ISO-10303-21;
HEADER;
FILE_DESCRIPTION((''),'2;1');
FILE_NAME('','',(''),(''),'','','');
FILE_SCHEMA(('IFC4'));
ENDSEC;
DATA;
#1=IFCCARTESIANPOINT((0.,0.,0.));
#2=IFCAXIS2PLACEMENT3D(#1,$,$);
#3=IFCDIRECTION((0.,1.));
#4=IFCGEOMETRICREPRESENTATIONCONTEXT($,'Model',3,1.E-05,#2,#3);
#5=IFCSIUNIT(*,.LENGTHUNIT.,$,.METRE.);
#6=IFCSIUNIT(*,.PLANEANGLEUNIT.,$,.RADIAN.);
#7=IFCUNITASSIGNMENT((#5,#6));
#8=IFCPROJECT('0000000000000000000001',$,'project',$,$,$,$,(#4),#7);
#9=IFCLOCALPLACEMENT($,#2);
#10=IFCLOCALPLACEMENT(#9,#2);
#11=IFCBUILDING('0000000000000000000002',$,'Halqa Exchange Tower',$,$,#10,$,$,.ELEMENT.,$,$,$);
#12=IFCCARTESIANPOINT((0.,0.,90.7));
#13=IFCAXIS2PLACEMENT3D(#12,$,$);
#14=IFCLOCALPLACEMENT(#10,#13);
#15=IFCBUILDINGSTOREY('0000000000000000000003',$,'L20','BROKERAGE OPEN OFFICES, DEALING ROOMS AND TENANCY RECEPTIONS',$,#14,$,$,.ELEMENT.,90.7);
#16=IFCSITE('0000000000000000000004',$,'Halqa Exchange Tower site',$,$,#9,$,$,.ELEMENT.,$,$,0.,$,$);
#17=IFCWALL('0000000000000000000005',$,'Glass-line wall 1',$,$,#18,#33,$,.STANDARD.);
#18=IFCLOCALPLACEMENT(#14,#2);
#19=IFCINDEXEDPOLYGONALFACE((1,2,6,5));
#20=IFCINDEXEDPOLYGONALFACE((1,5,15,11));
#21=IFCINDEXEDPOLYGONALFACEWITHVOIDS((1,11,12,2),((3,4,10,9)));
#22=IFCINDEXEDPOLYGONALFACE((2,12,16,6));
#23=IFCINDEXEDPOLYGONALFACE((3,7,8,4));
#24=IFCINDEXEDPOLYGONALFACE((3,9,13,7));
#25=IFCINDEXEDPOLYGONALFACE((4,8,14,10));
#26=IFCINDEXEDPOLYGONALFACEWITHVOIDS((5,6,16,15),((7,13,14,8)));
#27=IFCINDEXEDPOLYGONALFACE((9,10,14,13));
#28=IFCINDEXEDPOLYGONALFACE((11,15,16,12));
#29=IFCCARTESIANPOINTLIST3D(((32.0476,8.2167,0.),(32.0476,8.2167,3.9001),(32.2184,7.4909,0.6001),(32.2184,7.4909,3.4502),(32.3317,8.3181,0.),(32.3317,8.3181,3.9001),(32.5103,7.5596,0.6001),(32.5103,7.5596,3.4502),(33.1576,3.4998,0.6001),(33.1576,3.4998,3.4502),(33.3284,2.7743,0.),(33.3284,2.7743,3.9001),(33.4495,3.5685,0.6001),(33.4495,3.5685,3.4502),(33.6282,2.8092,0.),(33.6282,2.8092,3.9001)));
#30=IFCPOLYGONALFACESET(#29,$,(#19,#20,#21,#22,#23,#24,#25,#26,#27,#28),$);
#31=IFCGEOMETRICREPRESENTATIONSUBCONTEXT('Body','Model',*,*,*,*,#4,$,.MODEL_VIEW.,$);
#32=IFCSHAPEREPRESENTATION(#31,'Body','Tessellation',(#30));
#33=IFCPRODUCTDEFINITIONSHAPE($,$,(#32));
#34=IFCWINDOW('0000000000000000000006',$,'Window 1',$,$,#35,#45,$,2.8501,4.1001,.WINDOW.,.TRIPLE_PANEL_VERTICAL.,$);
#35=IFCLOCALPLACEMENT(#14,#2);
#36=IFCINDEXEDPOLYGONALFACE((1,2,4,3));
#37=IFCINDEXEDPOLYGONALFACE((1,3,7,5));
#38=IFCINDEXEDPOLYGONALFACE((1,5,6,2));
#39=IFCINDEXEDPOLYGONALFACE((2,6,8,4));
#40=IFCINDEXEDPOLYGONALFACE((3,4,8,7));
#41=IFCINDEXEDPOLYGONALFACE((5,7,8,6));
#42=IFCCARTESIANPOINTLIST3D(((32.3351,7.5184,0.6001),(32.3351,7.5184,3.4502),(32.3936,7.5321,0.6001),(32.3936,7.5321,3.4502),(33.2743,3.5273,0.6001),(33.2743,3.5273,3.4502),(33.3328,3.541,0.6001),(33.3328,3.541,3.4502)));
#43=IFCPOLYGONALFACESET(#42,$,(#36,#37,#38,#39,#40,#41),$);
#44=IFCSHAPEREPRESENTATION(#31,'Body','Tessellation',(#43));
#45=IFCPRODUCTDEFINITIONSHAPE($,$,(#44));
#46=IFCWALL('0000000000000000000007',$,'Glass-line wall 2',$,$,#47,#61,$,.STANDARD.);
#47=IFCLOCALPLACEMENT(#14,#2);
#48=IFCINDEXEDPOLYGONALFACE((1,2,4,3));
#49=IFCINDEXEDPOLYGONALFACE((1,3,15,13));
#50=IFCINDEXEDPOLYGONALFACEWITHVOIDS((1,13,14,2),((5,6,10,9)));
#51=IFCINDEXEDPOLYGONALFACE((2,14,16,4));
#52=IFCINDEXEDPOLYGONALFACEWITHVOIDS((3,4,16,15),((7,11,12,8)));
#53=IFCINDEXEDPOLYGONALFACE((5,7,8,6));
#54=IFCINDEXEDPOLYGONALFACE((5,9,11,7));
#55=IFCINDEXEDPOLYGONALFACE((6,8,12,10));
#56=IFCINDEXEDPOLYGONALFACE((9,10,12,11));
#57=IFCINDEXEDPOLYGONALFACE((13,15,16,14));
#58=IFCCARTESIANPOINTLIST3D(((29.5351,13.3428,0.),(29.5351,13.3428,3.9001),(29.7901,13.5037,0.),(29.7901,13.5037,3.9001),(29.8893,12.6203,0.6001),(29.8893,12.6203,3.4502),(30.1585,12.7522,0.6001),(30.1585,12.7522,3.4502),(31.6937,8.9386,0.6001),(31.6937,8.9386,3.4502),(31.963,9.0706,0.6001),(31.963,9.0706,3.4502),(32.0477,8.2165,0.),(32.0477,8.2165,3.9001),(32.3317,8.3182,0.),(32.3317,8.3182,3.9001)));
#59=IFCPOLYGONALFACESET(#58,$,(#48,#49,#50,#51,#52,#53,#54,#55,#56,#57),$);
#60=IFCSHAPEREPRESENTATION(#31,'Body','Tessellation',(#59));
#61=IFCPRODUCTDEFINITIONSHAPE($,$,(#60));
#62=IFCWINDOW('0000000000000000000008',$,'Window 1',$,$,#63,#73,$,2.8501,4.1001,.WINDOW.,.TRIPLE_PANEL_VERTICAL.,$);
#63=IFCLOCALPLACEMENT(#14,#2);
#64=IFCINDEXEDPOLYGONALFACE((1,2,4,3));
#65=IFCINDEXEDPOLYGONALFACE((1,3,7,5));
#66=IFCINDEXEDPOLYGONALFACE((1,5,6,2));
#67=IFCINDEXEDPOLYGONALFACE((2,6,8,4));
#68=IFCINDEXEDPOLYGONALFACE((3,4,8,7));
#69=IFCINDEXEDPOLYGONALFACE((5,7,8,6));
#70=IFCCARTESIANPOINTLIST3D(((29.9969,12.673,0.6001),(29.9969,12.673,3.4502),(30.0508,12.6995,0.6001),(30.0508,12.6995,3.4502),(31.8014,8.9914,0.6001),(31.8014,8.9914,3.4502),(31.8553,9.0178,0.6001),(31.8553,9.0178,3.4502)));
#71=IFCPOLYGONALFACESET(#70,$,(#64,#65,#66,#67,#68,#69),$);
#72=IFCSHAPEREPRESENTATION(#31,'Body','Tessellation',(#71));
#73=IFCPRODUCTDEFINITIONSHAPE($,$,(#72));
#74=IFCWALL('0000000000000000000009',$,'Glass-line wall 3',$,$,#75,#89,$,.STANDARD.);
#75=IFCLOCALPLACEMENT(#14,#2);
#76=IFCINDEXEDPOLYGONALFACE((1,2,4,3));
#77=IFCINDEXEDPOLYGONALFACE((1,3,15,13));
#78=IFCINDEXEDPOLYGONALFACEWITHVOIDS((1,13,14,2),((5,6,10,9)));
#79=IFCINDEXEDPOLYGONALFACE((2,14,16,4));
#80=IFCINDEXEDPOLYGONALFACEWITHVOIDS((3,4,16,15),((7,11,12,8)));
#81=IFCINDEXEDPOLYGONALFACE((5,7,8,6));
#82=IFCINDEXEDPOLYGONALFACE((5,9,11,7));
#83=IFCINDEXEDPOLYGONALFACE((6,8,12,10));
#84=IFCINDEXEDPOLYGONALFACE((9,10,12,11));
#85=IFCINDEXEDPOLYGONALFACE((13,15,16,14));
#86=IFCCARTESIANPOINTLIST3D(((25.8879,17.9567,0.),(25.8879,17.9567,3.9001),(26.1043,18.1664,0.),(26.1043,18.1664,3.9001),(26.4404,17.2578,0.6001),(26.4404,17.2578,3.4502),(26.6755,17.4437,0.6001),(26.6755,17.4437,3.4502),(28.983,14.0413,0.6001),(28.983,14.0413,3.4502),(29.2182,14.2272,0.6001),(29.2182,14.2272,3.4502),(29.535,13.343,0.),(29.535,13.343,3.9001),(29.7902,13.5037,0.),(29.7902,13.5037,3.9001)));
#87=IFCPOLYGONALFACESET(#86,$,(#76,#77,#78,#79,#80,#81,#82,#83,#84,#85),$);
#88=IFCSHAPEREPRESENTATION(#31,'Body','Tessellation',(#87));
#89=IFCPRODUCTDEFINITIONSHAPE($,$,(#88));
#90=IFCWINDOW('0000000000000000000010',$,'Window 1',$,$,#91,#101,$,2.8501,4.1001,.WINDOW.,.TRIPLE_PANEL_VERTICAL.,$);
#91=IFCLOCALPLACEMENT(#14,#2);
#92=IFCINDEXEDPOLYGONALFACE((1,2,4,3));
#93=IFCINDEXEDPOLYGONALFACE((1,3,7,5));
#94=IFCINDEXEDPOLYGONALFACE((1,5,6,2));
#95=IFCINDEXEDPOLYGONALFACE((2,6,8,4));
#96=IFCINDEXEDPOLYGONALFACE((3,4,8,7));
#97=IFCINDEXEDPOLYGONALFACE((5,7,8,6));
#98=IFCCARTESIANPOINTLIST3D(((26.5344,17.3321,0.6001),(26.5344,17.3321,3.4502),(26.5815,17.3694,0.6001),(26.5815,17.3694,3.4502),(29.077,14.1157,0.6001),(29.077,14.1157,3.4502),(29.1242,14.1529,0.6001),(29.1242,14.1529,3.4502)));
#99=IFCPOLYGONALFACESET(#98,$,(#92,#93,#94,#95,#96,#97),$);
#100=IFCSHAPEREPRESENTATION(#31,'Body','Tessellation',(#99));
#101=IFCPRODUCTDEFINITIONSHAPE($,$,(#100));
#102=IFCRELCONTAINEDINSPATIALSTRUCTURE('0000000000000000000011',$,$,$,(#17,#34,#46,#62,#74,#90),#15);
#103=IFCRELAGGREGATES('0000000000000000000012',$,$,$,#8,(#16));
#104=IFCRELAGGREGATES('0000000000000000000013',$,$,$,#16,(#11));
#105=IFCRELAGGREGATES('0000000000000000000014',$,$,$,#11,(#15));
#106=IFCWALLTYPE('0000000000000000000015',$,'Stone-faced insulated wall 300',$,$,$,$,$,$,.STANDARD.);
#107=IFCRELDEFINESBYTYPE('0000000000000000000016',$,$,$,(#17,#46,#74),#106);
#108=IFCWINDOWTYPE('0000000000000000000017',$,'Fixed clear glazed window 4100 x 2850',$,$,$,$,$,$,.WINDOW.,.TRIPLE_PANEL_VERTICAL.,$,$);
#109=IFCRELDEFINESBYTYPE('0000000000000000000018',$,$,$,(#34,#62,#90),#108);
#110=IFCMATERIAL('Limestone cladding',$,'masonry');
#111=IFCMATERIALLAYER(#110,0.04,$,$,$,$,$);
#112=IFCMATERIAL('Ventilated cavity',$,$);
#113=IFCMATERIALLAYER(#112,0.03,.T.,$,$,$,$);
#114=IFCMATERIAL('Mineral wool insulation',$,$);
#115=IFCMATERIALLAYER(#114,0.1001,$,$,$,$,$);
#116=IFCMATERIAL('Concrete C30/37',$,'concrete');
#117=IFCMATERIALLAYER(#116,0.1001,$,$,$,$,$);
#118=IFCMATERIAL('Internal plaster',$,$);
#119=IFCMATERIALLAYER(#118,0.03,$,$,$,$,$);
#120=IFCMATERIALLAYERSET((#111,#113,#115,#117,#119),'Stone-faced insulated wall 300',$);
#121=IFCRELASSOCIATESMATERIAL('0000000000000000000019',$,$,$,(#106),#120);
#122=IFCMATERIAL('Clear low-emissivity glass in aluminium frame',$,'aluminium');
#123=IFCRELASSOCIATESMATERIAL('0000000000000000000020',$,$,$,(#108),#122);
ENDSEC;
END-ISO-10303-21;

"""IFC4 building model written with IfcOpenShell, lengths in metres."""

from ifc_helpers import new_model, si_unit, direction, frame, frame_2d, origin, place, context, subcontext, project, spatial, polyline, rectangle, outline, extrude, material, layer, layer_set, type_object, element, fill, save


model = new_model("IFC4")

# Units and contexts
model_context = context("Model", 3, precision=1e-05, world=origin(), true_north=direction((0.0, 1.0)))
body_context = subcontext(model_context, "Body", "Model", "MODEL_VIEW")
ifc_project = project(units=[si_unit("LENGTHUNIT", "METRE"), si_unit("PLANEANGLEUNIT", "RADIAN")], contexts=[model_context])

# Site, building, storey
site_placement = place(None, origin())
site = spatial("IfcSite", under=ifc_project, at=site_placement, Name="Halqa Exchange Tower site", CompositionType="ELEMENT", RefElevation=0.0)
building_placement = place(site_placement, origin())
building = spatial("IfcBuilding", under=site, at=building_placement, Name="Halqa Exchange Tower", CompositionType="ELEMENT")
storey_placement = place(building_placement, frame((0.0, 0.0, 90.7)))
storey = spatial("IfcBuildingStorey", under=building, at=storey_placement, Name="L20", Description="BROKERAGE OPEN OFFICES, DEALING ROOMS AND TENANCY RECEPTIONS", CompositionType="ELEMENT", Elevation=90.7)

# Walls, openings, windows
ifc_material_1 = material(Name="Limestone cladding", Category="masonry")
ifc_layer_1 = layer(ifc_material_1, 0.04)
ifc_material_2 = material(Name="Ventilated cavity")
ifc_layer_2 = layer(ifc_material_2, 0.03, ventilated=True)
ifc_material_3 = material(Name="Mineral wool insulation")
ifc_layer_3 = layer(ifc_material_3, 0.1001)
ifc_material_4 = material(Name="Concrete C30/37", Category="concrete")
ifc_layer_4 = layer(ifc_material_4, 0.1001)
ifc_material_5 = material(Name="Internal plaster")
ifc_layer_5 = layer(ifc_material_5, 0.03)
ifc_layer_set_1 = layer_set([ifc_layer_1, ifc_layer_2, ifc_layer_3, ifc_layer_4, ifc_layer_5], Name="Stone-faced insulated wall 300")
wall_type_1 = type_object("IfcWallType", Name="Stone-faced insulated wall 300", PredefinedType="STANDARD", material=ifc_layer_set_1)
wall_1_placement = place(storey_placement, frame((33.4783, 2.7917, 0.0), z_axis=(0.0, 0.0, 1.0), x_axis=(-0.229073, 0.973409, 0.0)))
wall_1 = element("IfcWall", 1, at=wall_1_placement, inside=storey, type_object=wall_type_1, Name="Glass-line wall 1", PredefinedType="STANDARD", context=body_context, shape_type="SweptSolid", body=[
    extrude(outline(polyline([(-0.0173, -0.1499), (5.6421, -0.1499), (5.6084, 0.1499), (0.0173, 0.1499), (-0.0173, -0.1499)])), origin(), (0.0, 0.0, 1.0), 3.9001),
])
opening_1_placement = place(wall_1_placement, frame((0.7627, 0.0, 0.6001)))
opening_1 = element("IfcOpeningElement", 2, at=opening_1_placement, cuts=wall_1, PredefinedType="OPENING", context=body_context, shape_type="SweptSolid", body=[
    extrude(rectangle(XDim=4.1001, YDim=2.8501, at=frame_2d((2.05, 1.425))), frame((0.0, 0.1621, 0.0), z_axis=(0.0, -1.0, 0.0), x_axis=(1.0, 0.0, 0.0)), (0.0, 0.0, 1.0), 0.324),
])
ifc_material_6 = material(Name="Clear low-emissivity glass in aluminium frame", Category="aluminium")
window_type = type_object("IfcWindowType", Name="Fixed clear glazed window 4100 x 2850", PartitioningType="TRIPLE_PANEL_VERTICAL", PredefinedType="WINDOW", material=ifc_material_6)
window_1_placement = place(opening_1_placement, origin())
window_1 = element("IfcWindow", 3, at=window_1_placement, inside=storey, type_object=window_type, Name="Window 1", OverallHeight=2.8501, OverallWidth=4.1001, PartitioningType="TRIPLE_PANEL_VERTICAL", PredefinedType="WINDOW", context=body_context, shape_type="SweptSolid", body=[
    extrude(rectangle(XDim=4.1001, YDim=2.8501, at=frame_2d((2.05, 1.425))), frame((0.0, 0.03, 0.0), z_axis=(0.0, -1.0, 0.0), x_axis=(1.0, 0.0, 0.0)), (0.0, 0.0, 1.0), 0.0601),
])
fill(opening_1, window_1)
wall_2_placement = place(storey_placement, frame((32.1897, 8.2673, 0.0), z_axis=(0.0, 0.0, 1.0), x_axis=(-0.440107, 0.897945, 0.0)))
wall_2 = element("IfcWall", 4, at=wall_2_placement, inside=storey, type_object=wall_type_1, Name="Glass-line wall 2", PredefinedType="STANDARD", context=body_context, shape_type="SweptSolid", body=[
    extrude(outline(polyline([(-0.0168, -0.1499), (5.7581, -0.1499), (5.7258, 0.1499), (0.0168, 0.1499), (-0.0168, -0.1499)])), origin(), (0.0, 0.0, 1.0), 3.9001),
])
opening_2_placement = place(wall_2_placement, frame((0.821, 0.0, 0.6001)))
opening_2 = element("IfcOpeningElement", 5, at=opening_2_placement, cuts=wall_2, PredefinedType="OPENING", context=body_context, shape_type="SweptSolid", body=[
    extrude(rectangle(XDim=4.1001, YDim=2.8501, at=frame_2d((2.05, 1.425))), frame((0.0, 0.1621, 0.0), z_axis=(0.0, -1.0, 0.0), x_axis=(1.0, 0.0, 0.0)), (0.0, 0.0, 1.0), 0.324),
])
window_2_placement = place(opening_2_placement, origin())
window_2 = element("IfcWindow", 6, at=window_2_placement, inside=storey, type_object=window_type, Name="Window 1", OverallHeight=2.8501, OverallWidth=4.1001, PartitioningType="TRIPLE_PANEL_VERTICAL", PredefinedType="WINDOW", context=body_context, shape_type="SweptSolid", body=[
    extrude(rectangle(XDim=4.1001, YDim=2.8501, at=frame_2d((2.05, 1.425))), frame((0.0, 0.03, 0.0), z_axis=(0.0, -1.0, 0.0), x_axis=(1.0, 0.0, 0.0)), (0.0, 0.0, 1.0), 0.0601),
])
fill(opening_2, window_2)
wall_3_placement = place(storey_placement, frame((29.6626, 13.4233, 0.0), z_axis=(0.0, 0.0, 1.0), x_axis=(-0.620142, 0.784489, 0.0)))
wall_3 = element("IfcWall", 7, at=wall_3_placement, inside=storey, type_object=wall_type_1, Name="Glass-line wall 3", PredefinedType="STANDARD", context=body_context, shape_type="SweptSolid", body=[
    extrude(outline(polyline([(-0.0161, -0.1499), (5.9275, -0.1499), (5.8972, 0.1499), (0.0161, 0.1499), (-0.0161, -0.1499)])), origin(), (0.0, 0.0, 1.0), 3.9001),
])
opening_3_placement = place(wall_3_placement, frame((0.9062, 0.0, 0.6001)))
opening_3 = element("IfcOpeningElement", 8, at=opening_3_placement, cuts=wall_3, PredefinedType="OPENING", context=body_context, shape_type="SweptSolid", body=[
    extrude(rectangle(XDim=4.1001, YDim=2.8501, at=frame_2d((2.05, 1.425))), frame((0.0, 0.1621, 0.0), z_axis=(0.0, -1.0, 0.0), x_axis=(1.0, 0.0, 0.0)), (0.0, 0.0, 1.0), 0.324),
])
window_3_placement = place(opening_3_placement, origin())
window_3 = element("IfcWindow", 9, at=window_3_placement, inside=storey, type_object=window_type, Name="Window 1", OverallHeight=2.8501, OverallWidth=4.1001, PartitioningType="TRIPLE_PANEL_VERTICAL", PredefinedType="WINDOW", context=body_context, shape_type="SweptSolid", body=[
    extrude(rectangle(XDim=4.1001, YDim=2.8501, at=frame_2d((2.05, 1.425))), frame((0.0, 0.03, 0.0), z_axis=(0.0, -1.0, 0.0), x_axis=(1.0, 0.0, 0.0)), (0.0, 0.0, 1.0), 0.0601),
])
fill(opening_3, window_3)

save(model, "model.ifc")
